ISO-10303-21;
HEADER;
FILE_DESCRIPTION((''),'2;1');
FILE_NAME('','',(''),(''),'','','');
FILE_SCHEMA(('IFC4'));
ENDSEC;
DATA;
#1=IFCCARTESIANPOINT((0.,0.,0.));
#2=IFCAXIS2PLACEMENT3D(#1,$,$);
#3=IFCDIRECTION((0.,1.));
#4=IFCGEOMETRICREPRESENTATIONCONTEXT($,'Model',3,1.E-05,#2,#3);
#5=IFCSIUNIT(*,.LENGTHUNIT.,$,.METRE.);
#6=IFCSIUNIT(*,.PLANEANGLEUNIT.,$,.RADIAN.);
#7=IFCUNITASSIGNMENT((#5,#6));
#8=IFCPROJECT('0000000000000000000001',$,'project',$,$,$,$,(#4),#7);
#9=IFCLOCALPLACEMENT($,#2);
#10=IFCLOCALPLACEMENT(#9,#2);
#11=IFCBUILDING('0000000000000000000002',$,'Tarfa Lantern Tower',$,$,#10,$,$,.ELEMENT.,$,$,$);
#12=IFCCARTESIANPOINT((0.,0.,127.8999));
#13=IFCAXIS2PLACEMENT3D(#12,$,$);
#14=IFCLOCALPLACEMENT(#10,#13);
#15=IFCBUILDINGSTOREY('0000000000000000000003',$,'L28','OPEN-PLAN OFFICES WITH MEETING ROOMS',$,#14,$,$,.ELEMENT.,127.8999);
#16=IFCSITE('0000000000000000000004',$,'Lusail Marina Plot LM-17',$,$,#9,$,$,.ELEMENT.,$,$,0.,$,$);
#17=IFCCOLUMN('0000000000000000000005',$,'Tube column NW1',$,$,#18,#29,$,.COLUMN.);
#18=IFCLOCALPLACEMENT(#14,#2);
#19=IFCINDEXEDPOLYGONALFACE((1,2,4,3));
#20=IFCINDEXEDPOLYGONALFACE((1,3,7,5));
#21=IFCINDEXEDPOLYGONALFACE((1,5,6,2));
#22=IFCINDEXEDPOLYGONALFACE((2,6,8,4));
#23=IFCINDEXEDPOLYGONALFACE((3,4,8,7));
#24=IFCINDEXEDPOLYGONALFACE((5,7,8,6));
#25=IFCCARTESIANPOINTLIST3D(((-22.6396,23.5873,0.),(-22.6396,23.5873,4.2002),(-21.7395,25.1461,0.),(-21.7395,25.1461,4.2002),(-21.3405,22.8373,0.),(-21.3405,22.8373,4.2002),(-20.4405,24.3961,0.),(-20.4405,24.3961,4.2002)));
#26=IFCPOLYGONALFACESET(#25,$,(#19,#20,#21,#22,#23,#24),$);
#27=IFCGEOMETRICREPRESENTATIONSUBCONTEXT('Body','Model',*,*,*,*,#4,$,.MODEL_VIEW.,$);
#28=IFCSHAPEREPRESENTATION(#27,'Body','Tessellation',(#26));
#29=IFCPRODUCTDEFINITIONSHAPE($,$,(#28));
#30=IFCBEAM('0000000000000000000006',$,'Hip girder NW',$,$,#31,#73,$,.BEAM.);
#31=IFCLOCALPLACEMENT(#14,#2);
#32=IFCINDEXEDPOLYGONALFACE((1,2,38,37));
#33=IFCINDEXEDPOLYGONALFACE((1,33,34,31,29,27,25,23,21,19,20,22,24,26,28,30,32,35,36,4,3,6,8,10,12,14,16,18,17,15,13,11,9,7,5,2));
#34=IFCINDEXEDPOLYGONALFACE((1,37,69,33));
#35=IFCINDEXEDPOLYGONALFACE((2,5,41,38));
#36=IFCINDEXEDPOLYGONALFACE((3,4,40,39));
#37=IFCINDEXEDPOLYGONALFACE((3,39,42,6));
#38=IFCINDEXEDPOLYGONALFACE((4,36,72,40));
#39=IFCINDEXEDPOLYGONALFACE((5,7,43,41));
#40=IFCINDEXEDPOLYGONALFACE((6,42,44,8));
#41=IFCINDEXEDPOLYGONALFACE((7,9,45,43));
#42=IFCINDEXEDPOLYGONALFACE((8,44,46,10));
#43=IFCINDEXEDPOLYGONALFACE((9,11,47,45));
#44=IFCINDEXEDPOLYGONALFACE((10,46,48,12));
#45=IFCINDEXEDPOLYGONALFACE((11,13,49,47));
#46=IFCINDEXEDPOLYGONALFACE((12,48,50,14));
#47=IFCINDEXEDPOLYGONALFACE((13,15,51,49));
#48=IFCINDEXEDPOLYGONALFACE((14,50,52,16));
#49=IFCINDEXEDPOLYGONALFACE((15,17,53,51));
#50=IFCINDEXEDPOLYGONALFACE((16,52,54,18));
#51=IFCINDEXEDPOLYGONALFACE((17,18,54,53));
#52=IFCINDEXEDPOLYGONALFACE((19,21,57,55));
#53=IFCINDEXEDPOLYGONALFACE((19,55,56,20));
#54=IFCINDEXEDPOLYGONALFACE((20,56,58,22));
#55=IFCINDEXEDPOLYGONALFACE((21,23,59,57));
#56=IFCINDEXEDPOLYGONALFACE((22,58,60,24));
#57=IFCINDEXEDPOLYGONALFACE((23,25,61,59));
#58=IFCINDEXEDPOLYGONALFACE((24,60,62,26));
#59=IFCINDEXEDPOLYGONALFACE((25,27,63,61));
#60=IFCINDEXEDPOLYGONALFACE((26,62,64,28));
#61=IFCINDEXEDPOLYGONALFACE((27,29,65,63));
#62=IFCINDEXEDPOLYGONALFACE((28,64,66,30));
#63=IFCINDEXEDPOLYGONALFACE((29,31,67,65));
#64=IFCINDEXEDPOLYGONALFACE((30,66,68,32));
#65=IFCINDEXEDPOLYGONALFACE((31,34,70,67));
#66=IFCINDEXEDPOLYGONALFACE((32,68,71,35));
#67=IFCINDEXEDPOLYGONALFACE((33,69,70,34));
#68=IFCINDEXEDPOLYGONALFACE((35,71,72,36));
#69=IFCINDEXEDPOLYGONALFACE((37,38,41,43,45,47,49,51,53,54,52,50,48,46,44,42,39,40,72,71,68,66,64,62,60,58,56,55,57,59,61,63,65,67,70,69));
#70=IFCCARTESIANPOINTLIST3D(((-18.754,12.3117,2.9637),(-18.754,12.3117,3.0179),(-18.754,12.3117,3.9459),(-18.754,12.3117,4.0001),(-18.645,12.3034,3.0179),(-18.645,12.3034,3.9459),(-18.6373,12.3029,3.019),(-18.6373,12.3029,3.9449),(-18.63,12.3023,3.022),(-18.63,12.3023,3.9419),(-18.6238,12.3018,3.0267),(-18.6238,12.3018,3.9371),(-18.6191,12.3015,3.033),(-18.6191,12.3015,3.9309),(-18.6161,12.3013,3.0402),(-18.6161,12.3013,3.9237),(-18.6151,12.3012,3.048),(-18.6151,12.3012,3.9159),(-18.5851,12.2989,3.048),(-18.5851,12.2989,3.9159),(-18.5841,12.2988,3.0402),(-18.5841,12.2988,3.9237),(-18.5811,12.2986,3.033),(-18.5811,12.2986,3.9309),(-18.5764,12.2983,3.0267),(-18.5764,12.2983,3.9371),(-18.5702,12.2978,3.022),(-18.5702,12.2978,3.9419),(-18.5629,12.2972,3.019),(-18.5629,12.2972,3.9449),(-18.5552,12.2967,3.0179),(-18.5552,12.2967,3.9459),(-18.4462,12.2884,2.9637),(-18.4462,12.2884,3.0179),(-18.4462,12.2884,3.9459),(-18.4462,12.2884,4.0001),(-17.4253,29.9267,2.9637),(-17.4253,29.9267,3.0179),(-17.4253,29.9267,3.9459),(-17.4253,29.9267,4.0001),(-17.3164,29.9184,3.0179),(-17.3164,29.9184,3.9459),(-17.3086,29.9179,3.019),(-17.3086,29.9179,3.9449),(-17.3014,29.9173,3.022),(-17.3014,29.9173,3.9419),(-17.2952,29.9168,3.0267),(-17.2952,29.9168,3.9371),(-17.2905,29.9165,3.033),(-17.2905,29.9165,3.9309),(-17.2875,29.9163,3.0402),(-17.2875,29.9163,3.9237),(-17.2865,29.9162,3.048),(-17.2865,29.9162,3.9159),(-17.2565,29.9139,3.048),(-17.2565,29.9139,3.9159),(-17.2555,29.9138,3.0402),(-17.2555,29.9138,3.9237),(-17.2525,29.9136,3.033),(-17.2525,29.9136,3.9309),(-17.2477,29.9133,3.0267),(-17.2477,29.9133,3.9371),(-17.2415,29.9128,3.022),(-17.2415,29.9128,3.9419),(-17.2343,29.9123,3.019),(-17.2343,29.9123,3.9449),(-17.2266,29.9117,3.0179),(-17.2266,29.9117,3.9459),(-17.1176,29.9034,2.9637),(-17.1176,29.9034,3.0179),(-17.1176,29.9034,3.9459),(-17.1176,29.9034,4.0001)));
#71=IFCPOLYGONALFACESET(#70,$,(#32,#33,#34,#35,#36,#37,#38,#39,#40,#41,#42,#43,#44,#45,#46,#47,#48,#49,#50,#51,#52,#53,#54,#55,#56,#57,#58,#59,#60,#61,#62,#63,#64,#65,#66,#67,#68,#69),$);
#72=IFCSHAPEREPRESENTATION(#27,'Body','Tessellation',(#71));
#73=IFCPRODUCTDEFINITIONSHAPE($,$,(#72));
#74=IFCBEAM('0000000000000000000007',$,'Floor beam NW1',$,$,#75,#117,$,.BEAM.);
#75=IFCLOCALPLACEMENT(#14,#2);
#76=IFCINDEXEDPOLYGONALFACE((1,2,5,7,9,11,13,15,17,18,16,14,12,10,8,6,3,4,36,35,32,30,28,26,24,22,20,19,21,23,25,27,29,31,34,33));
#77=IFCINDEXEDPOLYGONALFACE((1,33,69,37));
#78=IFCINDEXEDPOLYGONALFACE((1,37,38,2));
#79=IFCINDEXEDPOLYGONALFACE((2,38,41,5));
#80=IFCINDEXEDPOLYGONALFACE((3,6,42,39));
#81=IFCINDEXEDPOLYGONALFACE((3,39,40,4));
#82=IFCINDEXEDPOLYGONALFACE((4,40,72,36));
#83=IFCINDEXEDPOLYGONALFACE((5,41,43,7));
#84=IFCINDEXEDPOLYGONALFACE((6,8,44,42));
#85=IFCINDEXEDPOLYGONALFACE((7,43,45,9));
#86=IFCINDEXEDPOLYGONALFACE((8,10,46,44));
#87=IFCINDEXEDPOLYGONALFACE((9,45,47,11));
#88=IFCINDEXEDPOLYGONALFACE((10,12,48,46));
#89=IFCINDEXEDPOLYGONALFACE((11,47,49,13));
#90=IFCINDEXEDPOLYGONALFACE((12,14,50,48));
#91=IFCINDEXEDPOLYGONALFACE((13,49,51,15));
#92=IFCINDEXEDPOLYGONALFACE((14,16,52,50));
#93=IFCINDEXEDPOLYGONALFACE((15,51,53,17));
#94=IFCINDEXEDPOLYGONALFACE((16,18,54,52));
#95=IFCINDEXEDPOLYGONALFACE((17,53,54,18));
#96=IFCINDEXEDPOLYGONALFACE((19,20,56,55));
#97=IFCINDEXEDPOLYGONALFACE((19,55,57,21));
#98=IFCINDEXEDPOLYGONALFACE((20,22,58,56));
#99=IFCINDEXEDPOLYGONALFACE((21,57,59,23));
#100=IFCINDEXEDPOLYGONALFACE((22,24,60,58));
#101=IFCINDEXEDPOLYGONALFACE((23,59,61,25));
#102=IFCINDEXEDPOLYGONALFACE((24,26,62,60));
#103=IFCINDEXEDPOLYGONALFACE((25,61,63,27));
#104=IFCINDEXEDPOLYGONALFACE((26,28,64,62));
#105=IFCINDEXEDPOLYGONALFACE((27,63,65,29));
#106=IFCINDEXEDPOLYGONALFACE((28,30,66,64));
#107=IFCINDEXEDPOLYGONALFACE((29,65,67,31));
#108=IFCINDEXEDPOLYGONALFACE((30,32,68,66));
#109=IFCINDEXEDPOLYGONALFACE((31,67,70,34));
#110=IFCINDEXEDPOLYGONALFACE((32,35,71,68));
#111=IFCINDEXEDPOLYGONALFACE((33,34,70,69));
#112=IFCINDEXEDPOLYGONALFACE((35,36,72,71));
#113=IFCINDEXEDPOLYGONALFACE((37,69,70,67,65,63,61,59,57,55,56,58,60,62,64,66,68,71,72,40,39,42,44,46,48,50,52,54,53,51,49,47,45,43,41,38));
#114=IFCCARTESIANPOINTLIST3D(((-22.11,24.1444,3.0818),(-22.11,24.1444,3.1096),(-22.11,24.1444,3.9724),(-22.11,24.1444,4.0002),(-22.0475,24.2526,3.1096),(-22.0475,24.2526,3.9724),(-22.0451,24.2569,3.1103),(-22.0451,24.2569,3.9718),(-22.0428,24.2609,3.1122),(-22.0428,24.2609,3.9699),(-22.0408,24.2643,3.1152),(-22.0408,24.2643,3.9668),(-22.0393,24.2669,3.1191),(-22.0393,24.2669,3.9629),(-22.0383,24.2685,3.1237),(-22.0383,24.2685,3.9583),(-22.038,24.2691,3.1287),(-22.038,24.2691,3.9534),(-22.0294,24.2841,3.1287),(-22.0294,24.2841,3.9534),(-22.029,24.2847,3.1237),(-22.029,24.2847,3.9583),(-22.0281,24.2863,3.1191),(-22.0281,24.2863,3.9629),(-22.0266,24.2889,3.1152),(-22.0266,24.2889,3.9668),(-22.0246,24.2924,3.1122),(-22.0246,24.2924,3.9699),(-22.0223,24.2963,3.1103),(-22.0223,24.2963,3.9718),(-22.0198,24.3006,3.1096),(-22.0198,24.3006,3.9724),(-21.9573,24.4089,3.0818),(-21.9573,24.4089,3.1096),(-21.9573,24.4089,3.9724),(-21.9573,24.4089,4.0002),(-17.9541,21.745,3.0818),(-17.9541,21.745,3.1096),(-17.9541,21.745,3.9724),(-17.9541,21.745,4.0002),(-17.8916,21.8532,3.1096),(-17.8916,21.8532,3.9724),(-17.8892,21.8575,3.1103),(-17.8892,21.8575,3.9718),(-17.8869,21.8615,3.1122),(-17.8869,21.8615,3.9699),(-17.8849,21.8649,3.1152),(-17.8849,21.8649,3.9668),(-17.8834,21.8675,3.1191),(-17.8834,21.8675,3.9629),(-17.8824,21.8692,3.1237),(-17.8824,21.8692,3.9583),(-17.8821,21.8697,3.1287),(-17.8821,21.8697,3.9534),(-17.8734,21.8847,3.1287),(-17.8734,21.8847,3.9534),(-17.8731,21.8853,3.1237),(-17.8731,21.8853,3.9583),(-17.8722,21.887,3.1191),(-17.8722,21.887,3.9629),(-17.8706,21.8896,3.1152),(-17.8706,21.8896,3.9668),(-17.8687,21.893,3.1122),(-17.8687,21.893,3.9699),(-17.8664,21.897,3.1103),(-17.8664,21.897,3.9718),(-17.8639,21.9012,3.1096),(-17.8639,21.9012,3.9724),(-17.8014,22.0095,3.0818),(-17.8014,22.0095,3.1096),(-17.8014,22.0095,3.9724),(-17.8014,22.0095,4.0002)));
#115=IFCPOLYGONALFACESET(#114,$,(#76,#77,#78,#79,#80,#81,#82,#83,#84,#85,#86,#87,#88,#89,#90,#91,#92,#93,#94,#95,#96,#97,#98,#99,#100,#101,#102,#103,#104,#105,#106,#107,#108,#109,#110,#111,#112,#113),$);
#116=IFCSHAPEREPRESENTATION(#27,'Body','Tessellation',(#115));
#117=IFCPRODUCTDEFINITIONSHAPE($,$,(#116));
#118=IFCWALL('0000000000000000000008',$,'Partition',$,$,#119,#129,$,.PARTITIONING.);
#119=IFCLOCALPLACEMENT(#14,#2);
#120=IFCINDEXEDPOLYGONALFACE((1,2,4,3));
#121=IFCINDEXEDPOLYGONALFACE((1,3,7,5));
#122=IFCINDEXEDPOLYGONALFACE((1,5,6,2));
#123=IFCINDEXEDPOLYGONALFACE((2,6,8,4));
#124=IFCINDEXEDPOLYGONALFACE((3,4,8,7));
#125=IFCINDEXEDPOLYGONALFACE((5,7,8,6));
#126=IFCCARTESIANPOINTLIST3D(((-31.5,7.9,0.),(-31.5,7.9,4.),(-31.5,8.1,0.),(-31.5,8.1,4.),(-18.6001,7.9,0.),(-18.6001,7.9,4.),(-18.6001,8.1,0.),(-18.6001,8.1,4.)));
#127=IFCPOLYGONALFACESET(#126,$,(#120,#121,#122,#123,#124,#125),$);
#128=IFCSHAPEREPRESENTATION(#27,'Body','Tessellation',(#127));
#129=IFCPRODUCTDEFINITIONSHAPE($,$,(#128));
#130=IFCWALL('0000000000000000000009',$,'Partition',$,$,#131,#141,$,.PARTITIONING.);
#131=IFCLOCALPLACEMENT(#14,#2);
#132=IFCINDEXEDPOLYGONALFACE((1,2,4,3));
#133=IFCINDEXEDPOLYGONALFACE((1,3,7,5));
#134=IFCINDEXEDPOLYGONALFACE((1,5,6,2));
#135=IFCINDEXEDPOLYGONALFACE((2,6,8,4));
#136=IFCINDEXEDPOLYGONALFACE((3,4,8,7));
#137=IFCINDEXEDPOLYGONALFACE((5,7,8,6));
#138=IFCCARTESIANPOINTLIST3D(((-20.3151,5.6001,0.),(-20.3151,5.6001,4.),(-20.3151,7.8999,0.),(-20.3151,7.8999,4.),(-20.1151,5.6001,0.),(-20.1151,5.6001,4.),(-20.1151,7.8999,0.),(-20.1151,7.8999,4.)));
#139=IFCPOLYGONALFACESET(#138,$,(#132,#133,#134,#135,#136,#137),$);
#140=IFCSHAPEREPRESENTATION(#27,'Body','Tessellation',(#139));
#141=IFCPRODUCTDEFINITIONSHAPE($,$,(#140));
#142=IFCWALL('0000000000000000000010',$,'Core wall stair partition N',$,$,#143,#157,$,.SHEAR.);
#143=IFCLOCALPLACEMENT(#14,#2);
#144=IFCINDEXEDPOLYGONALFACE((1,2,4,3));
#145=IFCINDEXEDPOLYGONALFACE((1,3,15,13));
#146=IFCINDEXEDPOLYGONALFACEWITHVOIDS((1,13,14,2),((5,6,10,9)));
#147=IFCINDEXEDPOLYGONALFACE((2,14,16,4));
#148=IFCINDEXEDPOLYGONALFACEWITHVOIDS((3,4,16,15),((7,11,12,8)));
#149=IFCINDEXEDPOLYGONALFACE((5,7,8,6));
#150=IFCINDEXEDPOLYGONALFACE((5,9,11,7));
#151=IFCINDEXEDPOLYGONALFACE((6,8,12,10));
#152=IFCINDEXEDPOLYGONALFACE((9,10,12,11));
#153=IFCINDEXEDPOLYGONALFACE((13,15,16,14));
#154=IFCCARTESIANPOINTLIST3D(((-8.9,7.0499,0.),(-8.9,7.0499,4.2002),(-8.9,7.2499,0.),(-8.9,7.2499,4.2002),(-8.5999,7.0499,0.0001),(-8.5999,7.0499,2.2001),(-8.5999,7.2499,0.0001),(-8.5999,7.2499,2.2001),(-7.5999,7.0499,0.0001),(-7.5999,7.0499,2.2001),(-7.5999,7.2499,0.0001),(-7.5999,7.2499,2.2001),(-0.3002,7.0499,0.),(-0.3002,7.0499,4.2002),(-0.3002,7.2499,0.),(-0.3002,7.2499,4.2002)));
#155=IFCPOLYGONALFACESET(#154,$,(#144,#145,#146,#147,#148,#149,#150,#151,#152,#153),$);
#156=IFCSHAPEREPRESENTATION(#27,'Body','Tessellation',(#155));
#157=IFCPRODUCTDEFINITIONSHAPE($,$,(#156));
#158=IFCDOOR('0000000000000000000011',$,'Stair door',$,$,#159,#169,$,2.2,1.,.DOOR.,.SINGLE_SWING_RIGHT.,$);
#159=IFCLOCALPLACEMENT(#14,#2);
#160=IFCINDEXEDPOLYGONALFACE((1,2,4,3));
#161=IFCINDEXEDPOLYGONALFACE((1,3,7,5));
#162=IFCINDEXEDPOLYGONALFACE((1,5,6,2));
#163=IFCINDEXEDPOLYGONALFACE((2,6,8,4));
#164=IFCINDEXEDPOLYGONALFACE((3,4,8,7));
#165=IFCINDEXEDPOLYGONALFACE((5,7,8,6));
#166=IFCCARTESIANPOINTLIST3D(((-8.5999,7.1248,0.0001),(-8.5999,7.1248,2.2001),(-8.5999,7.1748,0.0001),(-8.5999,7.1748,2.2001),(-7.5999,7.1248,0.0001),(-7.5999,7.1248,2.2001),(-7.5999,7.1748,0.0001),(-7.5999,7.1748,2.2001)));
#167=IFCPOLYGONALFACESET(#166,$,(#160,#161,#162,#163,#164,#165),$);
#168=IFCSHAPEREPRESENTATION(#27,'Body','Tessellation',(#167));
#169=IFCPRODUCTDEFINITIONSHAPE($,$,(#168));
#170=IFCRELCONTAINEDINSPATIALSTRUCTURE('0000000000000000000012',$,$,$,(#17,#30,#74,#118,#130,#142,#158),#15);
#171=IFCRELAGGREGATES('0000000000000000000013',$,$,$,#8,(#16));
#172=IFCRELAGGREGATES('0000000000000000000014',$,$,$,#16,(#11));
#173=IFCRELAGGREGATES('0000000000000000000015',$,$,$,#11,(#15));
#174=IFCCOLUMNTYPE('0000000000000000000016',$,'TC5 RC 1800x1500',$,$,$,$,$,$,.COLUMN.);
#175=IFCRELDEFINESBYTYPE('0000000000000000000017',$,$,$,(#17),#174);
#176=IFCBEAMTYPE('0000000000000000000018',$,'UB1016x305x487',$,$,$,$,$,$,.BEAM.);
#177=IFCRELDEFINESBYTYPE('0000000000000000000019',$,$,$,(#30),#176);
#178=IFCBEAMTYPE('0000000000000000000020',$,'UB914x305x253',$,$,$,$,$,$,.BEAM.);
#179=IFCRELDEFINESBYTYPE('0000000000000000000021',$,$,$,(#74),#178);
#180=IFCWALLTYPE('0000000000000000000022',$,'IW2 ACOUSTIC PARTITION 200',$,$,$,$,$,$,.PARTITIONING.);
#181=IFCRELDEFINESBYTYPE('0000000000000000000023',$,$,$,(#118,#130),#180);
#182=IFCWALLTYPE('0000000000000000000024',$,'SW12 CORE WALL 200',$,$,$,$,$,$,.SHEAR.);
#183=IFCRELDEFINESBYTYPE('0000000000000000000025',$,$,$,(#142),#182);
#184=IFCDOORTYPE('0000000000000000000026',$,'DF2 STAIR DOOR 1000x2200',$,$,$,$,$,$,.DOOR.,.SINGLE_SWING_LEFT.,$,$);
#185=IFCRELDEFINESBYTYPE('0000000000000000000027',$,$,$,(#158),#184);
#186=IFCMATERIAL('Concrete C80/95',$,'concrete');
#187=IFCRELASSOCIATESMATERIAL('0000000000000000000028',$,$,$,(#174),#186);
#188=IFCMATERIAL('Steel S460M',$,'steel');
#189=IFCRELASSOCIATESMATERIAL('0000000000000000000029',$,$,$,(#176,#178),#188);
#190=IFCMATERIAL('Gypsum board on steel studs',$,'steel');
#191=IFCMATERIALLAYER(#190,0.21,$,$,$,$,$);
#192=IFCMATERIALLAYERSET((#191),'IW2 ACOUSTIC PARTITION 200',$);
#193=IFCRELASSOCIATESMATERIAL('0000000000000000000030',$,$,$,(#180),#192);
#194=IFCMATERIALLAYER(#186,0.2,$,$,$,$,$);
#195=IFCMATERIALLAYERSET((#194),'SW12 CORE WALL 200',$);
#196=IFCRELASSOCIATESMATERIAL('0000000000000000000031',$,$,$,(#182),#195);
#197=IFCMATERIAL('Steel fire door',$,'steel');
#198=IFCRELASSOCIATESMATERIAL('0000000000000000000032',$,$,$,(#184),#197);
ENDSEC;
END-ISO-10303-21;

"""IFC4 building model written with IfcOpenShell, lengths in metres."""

from ifc_helpers import new_model, si_unit, direction, frame, frame_2d, origin, origin_2d, place, context, subcontext, project, spatial, rectangle, i_section, extrude, material, layer, layer_set, material_profile, profile_set, type_object, element, fill, save


model = new_model("IFC4")

# Units and contexts
model_context = context("Model", 3, precision=1e-05, world=origin(), true_north=direction((0.0, 1.0)))
body_context = subcontext(model_context, "Body", "Model", "MODEL_VIEW")
ifc_project = project(units=[si_unit("LENGTHUNIT", "METRE"), si_unit("PLANEANGLEUNIT", "RADIAN")], contexts=[model_context])

# Site, building, storey
site_placement = place(None, origin())
site = spatial("IfcSite", under=ifc_project, at=site_placement, Name="Lusail Marina Plot LM-17", CompositionType="ELEMENT", RefElevation=0.0)
building_placement = place(site_placement, origin())
building = spatial("IfcBuilding", under=site, at=building_placement, Name="Tarfa Lantern Tower", CompositionType="ELEMENT")
storey_placement = place(building_placement, frame((0.0, 0.0, 127.8999)))
storey = spatial("IfcBuildingStorey", under=building, at=storey_placement, Name="L28", Description="OPEN-PLAN OFFICES WITH MEETING ROOMS", CompositionType="ELEMENT", Elevation=127.8999)

# Column
ifc_material_1 = material(Name="Concrete C80/95", Category="concrete")
ifc_material_profile_1 = material_profile(ifc_material_1, rectangle(XDim=1.8, YDim=1.5, at=origin_2d()), Name="RC 1800x1500")
ifc_profile_set_1 = profile_set([ifc_material_profile_1], Name="Concrete C80/95")
column_type = type_object("IfcColumnType", Name="TC5 RC 1800x1500", PredefinedType="COLUMN", material=ifc_profile_set_1)
column_placement = place(storey_placement, frame((-21.54, 23.9917, 0.0), z_axis=(0.0, 0.0, 1.0), x_axis=(-0.5, -0.866025, 0.0)))
element("IfcColumn", 1, at=column_placement, inside=storey, type_object=column_type, Name="Tube column NW1", PredefinedType="COLUMN", context=body_context, shape_type="SweptSolid", body=[
    extrude(rectangle(XDim=1.8, YDim=1.5, at=origin_2d()), origin(), (0.0, 0.0, 1.0), 4.2002),
])

# Beams
ifc_material_2 = material(Name="Steel S460M", Category="steel")
ifc_material_profile_2 = material_profile(ifc_material_2, i_section(OverallWidth=0.3086, OverallDepth=1.0364, WebThickness=0.03, FlangeThickness=0.0542, FilletRadius=0.03, at=origin_2d()), Name="UB1016x305x487")
ifc_profile_set_2 = profile_set([ifc_material_profile_2], Name="Steel S460M")
beam_type_1 = type_object("IfcBeamType", Name="UB1016x305x487", PredefinedType="BEAM", material=ifc_profile_set_2)
beam_1_placement = place(storey_placement, frame((-18.6001, 12.3, 3.4819), z_axis=(0.075212, 0.997168, 0.0), x_axis=(-0.997168, 0.075212, 0.0)))
element("IfcBeam", 2, at=beam_1_placement, inside=storey, type_object=beam_type_1, Name="Hip girder NW", PredefinedType="BEAM", context=body_context, shape_type="SweptSolid", body=[
    extrude(i_section(OverallWidth=0.3086, OverallDepth=1.0364, WebThickness=0.03, FlangeThickness=0.0542, FilletRadius=0.03, at=origin_2d()), origin(), (0.0, 0.0, 1.0), 17.665),
])
ifc_material_profile_3 = material_profile(ifc_material_2, i_section(OverallWidth=0.3054, OverallDepth=0.9185, WebThickness=0.0173, FlangeThickness=0.0278, FilletRadius=0.019, at=origin_2d()), Name="UB914x305x253")
ifc_profile_set_3 = profile_set([ifc_material_profile_3], Name="Steel S460M")
beam_type_2 = type_object("IfcBeamType", Name="UB914x305x253", PredefinedType="BEAM", material=ifc_profile_set_3)
beam_2_placement = place(storey_placement, frame((-22.0337, 24.2766, 3.541), z_axis=(0.866031, -0.499991, 0.0), x_axis=(0.499991, 0.866031, 0.0)))
element("IfcBeam", 3, at=beam_2_placement, inside=storey, type_object=beam_type_2, Name="Floor beam NW1", PredefinedType="BEAM", context=body_context, shape_type="SweptSolid", body=[
    extrude(i_section(OverallWidth=0.3054, OverallDepth=0.9185, WebThickness=0.0173, FlangeThickness=0.0278, FilletRadius=0.019, at=origin_2d()), origin(), (0.0, 0.0, 1.0), 4.7988),
])

# Walls
ifc_material_3 = material(Name="Gypsum board on steel studs", Category="steel")
ifc_layer_1 = layer(ifc_material_3, 0.21)
ifc_layer_set_1 = layer_set([ifc_layer_1], Name="IW2 ACOUSTIC PARTITION 200")
wall_type_1 = type_object("IfcWallType", Name="IW2 ACOUSTIC PARTITION 200", PredefinedType="PARTITIONING", material=ifc_layer_set_1)
wall_1_placement = place(storey_placement, frame((-18.6001, 8.0, 0.0), z_axis=(0.0, 0.0, 1.0), x_axis=(-1.0, 0.0, 0.0)))
element("IfcWall", 4, at=wall_1_placement, inside=storey, type_object=wall_type_1, Name="Partition", PredefinedType="PARTITIONING", context=body_context, shape_type="SweptSolid", body=[
    extrude(rectangle(XDim=12.8999, YDim=0.2, at=frame_2d((6.45, 0.0))), origin(), (0.0, 0.0, 1.0), 4.0),
])
wall_2_placement = place(storey_placement, frame((-20.2151, 7.8999, 0.0), z_axis=(0.0, 0.0, 1.0), x_axis=(0.0, -1.0, 0.0)))
element("IfcWall", 5, at=wall_2_placement, inside=storey, type_object=wall_type_1, Name="Partition", PredefinedType="PARTITIONING", context=body_context, shape_type="SweptSolid", body=[
    extrude(rectangle(XDim=2.2998, YDim=0.2, at=frame_2d((1.1499, 0.0))), origin(), (0.0, 0.0, 1.0), 4.0),
])

# Wall, opening, door
ifc_material_4 = material(Name="Steel fire door", Category="steel")
ifc_layer_2 = layer(ifc_material_1, 0.2)
ifc_layer_set_2 = layer_set([ifc_layer_2], Name="SW12 CORE WALL 200")
wall_type_2 = type_object("IfcWallType", Name="SW12 CORE WALL 200", PredefinedType="SHEAR", material=ifc_layer_set_2)
wall_3_placement = place(storey_placement, frame((-8.8999, 7.1499, 0.0), z_axis=(0.0, 0.0, 1.0), x_axis=(1.0, 0.0, 0.0)))
wall_3 = element("IfcWall", 6, at=wall_3_placement, inside=storey, type_object=wall_type_2, Name="Core wall stair partition N", PredefinedType="SHEAR", context=body_context, shape_type="SweptSolid", body=[
    extrude(rectangle(XDim=8.5999, YDim=0.2, at=frame_2d((4.2998, 0.0))), origin(), (0.0, 0.0, 1.0), 4.2002),
])
opening_1_placement = place(wall_3_placement, frame((0.3, 0.0, 0.0)))
opening_1 = element("IfcOpeningElement", 7, at=opening_1_placement, cuts=wall_3, PredefinedType="OPENING", context=body_context, shape_type="SweptSolid", body=[
    extrude(rectangle(XDim=1.0, YDim=2.2, at=frame_2d((0.5, 1.1001))), frame((0.0, 0.1099, 0.0), z_axis=(0.0, -1.0, 0.0), x_axis=(1.0, 0.0, 0.0)), (0.0, 0.0, 1.0), 0.22),
])
door_type_1 = type_object("IfcDoorType", Name="DF2 STAIR DOOR 1000x2200", OperationType="SINGLE_SWING_LEFT", PredefinedType="DOOR", material=ifc_material_4)
door_1_placement = place(opening_1_placement, origin())
door_1 = element("IfcDoor", 8, at=door_1_placement, inside=storey, type_object=door_type_1, Name="Stair door", OperationType="SINGLE_SWING_RIGHT", OverallHeight=2.2, OverallWidth=1.0, PredefinedType="DOOR", context=body_context, shape_type="SweptSolid", body=[
    extrude(rectangle(XDim=1.0, YDim=2.2, at=frame_2d((0.5, 1.1001))), frame((0.0, 0.0249, 0.0), z_axis=(0.0, -1.0, 0.0), x_axis=(1.0, 0.0, 0.0)), (0.0, 0.0, 1.0), 0.05),
])
fill(opening_1, door_1)

save(model, "model.ifc")
